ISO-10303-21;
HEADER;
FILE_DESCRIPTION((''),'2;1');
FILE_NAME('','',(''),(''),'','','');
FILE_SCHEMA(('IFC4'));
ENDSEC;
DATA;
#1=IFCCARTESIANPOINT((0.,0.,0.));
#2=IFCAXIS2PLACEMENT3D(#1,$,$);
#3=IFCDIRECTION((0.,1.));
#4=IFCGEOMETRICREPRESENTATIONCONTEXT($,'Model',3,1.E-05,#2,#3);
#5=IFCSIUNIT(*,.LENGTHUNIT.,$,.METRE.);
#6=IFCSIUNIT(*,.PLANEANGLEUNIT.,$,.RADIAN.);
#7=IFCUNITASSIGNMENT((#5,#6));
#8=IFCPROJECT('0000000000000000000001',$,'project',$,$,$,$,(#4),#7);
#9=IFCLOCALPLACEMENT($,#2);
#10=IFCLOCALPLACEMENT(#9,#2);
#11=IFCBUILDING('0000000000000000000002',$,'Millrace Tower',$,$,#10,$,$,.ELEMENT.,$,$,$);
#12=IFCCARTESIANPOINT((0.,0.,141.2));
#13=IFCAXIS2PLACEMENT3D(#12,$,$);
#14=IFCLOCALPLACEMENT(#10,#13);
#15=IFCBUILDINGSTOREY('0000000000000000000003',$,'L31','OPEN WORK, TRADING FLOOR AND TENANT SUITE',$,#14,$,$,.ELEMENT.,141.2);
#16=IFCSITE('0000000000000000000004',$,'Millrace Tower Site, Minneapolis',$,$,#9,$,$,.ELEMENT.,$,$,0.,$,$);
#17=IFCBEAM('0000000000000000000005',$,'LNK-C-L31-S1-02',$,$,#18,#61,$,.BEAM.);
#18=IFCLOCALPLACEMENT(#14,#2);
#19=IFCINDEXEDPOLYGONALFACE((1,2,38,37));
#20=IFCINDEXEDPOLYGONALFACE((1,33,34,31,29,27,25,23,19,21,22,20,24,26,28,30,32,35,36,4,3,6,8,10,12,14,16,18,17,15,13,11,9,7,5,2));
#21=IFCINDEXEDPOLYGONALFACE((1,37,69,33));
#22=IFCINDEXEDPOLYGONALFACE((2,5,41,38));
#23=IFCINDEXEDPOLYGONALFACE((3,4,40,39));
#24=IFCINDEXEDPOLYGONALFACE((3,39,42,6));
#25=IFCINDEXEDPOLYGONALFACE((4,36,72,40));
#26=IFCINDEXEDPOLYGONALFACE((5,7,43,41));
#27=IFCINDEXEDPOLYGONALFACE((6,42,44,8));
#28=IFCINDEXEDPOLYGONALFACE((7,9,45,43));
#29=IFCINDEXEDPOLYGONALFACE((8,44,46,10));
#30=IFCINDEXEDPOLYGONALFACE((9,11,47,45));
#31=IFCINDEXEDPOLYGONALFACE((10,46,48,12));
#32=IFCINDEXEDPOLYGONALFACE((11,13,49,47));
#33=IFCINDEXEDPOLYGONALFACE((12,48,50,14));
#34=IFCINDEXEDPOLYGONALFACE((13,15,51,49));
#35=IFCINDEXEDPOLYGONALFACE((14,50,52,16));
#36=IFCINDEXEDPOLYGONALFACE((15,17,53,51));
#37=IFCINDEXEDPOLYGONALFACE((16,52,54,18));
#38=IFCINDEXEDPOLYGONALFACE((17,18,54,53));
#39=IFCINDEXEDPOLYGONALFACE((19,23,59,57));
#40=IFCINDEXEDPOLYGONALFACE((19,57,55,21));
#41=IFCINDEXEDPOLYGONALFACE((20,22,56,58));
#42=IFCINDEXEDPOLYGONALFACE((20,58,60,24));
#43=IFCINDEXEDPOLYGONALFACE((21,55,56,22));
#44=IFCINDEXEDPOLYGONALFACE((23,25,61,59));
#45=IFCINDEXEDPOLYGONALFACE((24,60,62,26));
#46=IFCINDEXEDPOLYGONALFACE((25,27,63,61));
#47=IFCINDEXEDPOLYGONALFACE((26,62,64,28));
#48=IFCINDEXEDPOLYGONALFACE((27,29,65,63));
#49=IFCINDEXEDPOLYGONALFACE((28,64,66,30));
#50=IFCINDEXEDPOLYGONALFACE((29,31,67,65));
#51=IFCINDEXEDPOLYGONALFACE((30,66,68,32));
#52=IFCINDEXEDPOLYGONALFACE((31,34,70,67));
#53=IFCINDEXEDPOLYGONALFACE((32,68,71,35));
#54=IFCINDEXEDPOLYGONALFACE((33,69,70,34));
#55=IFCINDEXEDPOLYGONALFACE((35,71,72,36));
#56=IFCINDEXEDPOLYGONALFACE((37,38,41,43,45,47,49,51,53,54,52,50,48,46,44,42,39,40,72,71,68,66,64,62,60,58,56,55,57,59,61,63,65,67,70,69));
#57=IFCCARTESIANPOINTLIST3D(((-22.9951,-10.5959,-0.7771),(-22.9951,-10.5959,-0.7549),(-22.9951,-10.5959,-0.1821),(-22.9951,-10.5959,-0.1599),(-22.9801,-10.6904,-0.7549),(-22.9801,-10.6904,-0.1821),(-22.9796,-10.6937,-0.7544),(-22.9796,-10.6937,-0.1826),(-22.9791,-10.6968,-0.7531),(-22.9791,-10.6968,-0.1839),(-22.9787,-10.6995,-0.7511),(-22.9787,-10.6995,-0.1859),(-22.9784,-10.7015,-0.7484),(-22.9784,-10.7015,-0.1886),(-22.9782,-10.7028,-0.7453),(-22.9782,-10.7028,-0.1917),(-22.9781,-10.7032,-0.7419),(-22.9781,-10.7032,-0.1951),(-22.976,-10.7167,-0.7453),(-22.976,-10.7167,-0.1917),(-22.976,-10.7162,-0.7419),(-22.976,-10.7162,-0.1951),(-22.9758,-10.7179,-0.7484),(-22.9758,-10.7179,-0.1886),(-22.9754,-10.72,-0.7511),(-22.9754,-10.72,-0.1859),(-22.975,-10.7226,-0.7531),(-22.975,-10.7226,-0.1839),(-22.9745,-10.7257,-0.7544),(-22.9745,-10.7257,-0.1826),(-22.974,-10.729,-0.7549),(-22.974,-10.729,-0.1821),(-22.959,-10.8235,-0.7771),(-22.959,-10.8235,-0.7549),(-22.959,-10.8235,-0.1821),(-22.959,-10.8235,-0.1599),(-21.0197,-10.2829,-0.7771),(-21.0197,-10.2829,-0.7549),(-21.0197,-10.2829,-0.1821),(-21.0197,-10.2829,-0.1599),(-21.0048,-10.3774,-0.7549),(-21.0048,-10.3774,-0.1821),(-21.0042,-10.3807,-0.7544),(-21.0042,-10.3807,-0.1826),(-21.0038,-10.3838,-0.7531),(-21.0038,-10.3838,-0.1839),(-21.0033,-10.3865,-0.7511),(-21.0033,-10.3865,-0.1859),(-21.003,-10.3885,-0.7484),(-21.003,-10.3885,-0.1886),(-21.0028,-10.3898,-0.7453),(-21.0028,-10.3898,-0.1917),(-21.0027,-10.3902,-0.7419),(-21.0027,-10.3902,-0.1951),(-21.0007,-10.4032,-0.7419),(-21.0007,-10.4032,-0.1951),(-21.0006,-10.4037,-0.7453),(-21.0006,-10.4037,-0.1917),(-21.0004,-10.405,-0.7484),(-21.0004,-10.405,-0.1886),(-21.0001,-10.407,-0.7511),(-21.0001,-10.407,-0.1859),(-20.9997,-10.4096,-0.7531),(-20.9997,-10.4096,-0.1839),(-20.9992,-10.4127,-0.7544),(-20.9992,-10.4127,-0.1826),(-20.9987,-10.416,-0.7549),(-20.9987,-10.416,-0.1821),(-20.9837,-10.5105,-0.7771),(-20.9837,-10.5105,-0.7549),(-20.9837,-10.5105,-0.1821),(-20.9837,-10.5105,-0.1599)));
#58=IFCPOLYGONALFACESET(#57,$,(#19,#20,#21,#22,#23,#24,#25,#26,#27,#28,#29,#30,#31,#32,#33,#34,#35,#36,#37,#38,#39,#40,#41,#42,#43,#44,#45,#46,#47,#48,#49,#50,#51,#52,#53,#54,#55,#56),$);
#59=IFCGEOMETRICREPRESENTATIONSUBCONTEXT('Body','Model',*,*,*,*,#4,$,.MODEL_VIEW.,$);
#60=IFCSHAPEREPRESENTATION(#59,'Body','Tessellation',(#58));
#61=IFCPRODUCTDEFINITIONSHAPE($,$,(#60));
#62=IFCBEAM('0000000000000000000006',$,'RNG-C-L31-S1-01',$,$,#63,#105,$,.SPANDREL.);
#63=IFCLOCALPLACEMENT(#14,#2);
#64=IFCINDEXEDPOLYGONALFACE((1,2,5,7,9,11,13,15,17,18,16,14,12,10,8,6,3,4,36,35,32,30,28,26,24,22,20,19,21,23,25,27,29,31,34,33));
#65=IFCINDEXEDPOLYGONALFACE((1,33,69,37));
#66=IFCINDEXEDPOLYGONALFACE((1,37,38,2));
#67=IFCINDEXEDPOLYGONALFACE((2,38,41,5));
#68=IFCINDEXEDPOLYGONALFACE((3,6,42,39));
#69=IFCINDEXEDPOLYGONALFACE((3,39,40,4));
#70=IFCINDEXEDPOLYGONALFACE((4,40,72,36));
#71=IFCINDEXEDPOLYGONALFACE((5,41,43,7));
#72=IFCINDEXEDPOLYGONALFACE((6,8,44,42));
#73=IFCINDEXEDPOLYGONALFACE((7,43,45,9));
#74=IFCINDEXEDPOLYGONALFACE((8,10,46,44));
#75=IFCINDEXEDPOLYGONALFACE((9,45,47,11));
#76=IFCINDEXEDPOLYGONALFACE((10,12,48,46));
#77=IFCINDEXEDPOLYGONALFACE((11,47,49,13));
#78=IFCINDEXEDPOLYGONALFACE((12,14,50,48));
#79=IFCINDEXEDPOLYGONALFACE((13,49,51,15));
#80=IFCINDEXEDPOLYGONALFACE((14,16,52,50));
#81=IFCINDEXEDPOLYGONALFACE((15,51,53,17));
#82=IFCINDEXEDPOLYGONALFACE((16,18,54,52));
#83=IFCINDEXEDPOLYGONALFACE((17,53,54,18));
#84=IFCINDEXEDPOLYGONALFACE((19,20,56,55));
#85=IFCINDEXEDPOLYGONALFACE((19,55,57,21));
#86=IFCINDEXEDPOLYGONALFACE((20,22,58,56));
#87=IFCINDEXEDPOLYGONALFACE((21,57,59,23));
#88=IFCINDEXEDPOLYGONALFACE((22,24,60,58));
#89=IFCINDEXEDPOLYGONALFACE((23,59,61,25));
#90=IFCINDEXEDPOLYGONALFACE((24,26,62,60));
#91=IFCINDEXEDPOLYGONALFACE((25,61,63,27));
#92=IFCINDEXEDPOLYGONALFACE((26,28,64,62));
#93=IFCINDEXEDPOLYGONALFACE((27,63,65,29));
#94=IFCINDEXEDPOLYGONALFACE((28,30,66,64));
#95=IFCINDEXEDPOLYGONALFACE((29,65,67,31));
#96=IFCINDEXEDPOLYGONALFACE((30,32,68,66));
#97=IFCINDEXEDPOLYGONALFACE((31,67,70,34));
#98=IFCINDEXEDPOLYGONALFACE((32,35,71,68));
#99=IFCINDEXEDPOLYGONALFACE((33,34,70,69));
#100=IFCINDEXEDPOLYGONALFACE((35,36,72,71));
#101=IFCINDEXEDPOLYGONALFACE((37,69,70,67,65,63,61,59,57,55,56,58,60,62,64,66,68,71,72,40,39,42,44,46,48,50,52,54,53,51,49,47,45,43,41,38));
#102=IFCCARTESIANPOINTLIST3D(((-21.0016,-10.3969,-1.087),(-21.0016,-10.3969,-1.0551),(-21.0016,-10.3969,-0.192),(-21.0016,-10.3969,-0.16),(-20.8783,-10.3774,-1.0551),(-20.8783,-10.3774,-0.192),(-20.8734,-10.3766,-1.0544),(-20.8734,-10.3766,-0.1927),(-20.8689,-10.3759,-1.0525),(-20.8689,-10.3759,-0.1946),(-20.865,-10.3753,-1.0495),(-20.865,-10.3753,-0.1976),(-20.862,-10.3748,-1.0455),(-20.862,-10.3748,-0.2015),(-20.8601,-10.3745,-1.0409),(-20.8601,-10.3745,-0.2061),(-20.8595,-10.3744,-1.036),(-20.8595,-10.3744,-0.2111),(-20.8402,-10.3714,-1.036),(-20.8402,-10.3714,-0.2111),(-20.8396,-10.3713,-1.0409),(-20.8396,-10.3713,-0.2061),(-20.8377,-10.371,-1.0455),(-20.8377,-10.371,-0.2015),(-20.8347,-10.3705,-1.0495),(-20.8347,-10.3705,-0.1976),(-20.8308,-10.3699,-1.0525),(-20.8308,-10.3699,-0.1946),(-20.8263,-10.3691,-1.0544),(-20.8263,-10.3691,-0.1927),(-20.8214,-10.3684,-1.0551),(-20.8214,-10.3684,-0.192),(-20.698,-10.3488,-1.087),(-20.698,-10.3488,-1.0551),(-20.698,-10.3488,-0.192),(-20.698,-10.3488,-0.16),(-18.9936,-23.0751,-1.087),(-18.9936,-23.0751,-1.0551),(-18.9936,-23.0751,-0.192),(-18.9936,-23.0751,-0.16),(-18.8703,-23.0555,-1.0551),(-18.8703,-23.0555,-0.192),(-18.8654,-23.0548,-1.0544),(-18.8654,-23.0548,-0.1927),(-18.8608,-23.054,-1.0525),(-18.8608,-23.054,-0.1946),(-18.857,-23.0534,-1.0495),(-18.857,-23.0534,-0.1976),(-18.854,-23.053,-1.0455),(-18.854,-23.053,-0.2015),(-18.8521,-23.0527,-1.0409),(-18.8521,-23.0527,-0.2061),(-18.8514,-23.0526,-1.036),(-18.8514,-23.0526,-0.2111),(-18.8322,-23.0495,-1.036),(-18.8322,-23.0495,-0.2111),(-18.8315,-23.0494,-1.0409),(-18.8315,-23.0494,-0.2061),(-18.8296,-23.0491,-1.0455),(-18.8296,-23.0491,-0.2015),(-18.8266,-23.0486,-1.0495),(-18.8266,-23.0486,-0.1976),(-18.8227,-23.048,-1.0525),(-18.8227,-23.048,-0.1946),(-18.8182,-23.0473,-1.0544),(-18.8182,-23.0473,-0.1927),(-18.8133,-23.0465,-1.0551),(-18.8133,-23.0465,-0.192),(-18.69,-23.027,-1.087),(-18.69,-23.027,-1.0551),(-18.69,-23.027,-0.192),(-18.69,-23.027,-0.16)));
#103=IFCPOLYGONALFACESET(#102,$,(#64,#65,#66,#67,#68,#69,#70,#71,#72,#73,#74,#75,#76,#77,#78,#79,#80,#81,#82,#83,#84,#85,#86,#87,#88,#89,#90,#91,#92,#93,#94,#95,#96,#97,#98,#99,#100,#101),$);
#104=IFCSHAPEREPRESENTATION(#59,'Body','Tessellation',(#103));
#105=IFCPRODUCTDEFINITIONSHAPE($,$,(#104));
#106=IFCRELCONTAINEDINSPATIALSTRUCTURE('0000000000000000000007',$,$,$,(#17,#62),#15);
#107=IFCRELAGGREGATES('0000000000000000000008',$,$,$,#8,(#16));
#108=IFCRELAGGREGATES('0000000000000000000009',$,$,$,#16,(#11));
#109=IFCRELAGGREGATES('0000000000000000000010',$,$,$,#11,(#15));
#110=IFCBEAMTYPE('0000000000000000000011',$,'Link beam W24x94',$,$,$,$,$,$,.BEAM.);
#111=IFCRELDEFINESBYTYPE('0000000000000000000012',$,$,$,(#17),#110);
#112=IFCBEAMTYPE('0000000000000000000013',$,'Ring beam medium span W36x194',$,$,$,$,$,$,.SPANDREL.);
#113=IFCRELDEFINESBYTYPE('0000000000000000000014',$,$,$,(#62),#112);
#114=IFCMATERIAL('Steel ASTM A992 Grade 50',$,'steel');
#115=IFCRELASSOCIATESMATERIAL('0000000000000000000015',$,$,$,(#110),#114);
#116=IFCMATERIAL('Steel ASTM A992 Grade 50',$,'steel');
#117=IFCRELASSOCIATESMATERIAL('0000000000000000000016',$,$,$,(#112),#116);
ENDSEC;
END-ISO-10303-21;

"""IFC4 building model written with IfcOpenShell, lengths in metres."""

from ifc_helpers import new_model, si_unit, direction, frame, origin, origin_2d, place, context, subcontext, project, spatial, i_section, extrude, material, material_profile, profile_set, type_object, element, save


model = new_model("IFC4")

# Units and contexts
model_context = context("Model", 3, precision=1e-05, world=origin(), true_north=direction((0.0, 1.0)))
body_context = subcontext(model_context, "Body", "Model", "MODEL_VIEW")
ifc_project = project(units=[si_unit("LENGTHUNIT", "METRE"), si_unit("PLANEANGLEUNIT", "RADIAN")], contexts=[model_context])

# Site, building, storey
site_placement = place(None, origin())
site = spatial("IfcSite", under=ifc_project, at=site_placement, Name="Millrace Tower Site, Minneapolis", CompositionType="ELEMENT", RefElevation=0.0)
building_placement = place(site_placement, origin())
building = spatial("IfcBuilding", under=site, at=building_placement, Name="Millrace Tower", CompositionType="ELEMENT")
storey_placement = place(building_placement, frame((0.0, 0.0, 141.2)))
storey = spatial("IfcBuildingStorey", under=building, at=storey_placement, Name="L31", Description="OPEN WORK, TRADING FLOOR AND TENANT SUITE", CompositionType="ELEMENT", Elevation=141.2)

# Beams
ifc_material_1 = material(Name="Steel ASTM A992 Grade 50", Category="steel")
ifc_material_profile_1 = material_profile(ifc_material_1, i_section(OverallWidth=0.2305, OverallDepth=0.6172, WebThickness=0.0132, FlangeThickness=0.0222, FilletRadius=0.0129, at=origin_2d()))
ifc_profile_set_1 = profile_set([ifc_material_profile_1], Name="Steel ASTM A992 Grade 50")
beam_type_1 = type_object("IfcBeamType", Name="Link beam W24x94", PredefinedType="BEAM", material=ifc_profile_set_1)
beam_1_placement = place(storey_placement, frame((-21.0017, -10.3967, -0.4685), z_axis=(-0.987679, -0.156495, 0.0), x_axis=(0.156495, -0.987679, 0.0)))
element("IfcBeam", 1, at=beam_1_placement, inside=storey, type_object=beam_type_1, Name="LNK-C-L31-S1-02", PredefinedType="BEAM", context=body_context, shape_type="SweptSolid", body=[
    extrude(i_section(OverallWidth=0.2305, OverallDepth=0.6172, WebThickness=0.0132, FlangeThickness=0.0222, FilletRadius=0.0129, at=origin_2d()), origin(), (0.0, 0.0, 1.0), 2.0),
])
ifc_material_2 = material(Name="Steel ASTM A992 Grade 50", Category="steel")
ifc_material_profile_2 = material_profile(ifc_material_2, i_section(OverallWidth=0.3074, OverallDepth=0.927, WebThickness=0.0195, FlangeThickness=0.032, FilletRadius=0.019, at=origin_2d()))
ifc_profile_set_2 = profile_set([ifc_material_profile_2], Name="Steel ASTM A992 Grade 50")
beam_type_2 = type_object("IfcBeamType", Name="Ring beam medium span W36x194", PredefinedType="SPANDREL", material=ifc_profile_set_2)
beam_2_placement = place(storey_placement, frame((-18.8418, -23.051, -0.6235), z_axis=(-0.156436, 0.987688, 0.0), x_axis=(-0.987688, -0.156436, 0.0)))
element("IfcBeam", 2, at=beam_2_placement, inside=storey, type_object=beam_type_2, Name="RNG-C-L31-S1-01", PredefinedType="SPANDREL", context=body_context, shape_type="SweptSolid", body=[
    extrude(i_section(OverallWidth=0.3074, OverallDepth=0.927, WebThickness=0.0195, FlangeThickness=0.032, FilletRadius=0.019, at=origin_2d()), origin(), (0.0, 0.0, 1.0), 12.8362),
])

save(model, "model.ifc")
